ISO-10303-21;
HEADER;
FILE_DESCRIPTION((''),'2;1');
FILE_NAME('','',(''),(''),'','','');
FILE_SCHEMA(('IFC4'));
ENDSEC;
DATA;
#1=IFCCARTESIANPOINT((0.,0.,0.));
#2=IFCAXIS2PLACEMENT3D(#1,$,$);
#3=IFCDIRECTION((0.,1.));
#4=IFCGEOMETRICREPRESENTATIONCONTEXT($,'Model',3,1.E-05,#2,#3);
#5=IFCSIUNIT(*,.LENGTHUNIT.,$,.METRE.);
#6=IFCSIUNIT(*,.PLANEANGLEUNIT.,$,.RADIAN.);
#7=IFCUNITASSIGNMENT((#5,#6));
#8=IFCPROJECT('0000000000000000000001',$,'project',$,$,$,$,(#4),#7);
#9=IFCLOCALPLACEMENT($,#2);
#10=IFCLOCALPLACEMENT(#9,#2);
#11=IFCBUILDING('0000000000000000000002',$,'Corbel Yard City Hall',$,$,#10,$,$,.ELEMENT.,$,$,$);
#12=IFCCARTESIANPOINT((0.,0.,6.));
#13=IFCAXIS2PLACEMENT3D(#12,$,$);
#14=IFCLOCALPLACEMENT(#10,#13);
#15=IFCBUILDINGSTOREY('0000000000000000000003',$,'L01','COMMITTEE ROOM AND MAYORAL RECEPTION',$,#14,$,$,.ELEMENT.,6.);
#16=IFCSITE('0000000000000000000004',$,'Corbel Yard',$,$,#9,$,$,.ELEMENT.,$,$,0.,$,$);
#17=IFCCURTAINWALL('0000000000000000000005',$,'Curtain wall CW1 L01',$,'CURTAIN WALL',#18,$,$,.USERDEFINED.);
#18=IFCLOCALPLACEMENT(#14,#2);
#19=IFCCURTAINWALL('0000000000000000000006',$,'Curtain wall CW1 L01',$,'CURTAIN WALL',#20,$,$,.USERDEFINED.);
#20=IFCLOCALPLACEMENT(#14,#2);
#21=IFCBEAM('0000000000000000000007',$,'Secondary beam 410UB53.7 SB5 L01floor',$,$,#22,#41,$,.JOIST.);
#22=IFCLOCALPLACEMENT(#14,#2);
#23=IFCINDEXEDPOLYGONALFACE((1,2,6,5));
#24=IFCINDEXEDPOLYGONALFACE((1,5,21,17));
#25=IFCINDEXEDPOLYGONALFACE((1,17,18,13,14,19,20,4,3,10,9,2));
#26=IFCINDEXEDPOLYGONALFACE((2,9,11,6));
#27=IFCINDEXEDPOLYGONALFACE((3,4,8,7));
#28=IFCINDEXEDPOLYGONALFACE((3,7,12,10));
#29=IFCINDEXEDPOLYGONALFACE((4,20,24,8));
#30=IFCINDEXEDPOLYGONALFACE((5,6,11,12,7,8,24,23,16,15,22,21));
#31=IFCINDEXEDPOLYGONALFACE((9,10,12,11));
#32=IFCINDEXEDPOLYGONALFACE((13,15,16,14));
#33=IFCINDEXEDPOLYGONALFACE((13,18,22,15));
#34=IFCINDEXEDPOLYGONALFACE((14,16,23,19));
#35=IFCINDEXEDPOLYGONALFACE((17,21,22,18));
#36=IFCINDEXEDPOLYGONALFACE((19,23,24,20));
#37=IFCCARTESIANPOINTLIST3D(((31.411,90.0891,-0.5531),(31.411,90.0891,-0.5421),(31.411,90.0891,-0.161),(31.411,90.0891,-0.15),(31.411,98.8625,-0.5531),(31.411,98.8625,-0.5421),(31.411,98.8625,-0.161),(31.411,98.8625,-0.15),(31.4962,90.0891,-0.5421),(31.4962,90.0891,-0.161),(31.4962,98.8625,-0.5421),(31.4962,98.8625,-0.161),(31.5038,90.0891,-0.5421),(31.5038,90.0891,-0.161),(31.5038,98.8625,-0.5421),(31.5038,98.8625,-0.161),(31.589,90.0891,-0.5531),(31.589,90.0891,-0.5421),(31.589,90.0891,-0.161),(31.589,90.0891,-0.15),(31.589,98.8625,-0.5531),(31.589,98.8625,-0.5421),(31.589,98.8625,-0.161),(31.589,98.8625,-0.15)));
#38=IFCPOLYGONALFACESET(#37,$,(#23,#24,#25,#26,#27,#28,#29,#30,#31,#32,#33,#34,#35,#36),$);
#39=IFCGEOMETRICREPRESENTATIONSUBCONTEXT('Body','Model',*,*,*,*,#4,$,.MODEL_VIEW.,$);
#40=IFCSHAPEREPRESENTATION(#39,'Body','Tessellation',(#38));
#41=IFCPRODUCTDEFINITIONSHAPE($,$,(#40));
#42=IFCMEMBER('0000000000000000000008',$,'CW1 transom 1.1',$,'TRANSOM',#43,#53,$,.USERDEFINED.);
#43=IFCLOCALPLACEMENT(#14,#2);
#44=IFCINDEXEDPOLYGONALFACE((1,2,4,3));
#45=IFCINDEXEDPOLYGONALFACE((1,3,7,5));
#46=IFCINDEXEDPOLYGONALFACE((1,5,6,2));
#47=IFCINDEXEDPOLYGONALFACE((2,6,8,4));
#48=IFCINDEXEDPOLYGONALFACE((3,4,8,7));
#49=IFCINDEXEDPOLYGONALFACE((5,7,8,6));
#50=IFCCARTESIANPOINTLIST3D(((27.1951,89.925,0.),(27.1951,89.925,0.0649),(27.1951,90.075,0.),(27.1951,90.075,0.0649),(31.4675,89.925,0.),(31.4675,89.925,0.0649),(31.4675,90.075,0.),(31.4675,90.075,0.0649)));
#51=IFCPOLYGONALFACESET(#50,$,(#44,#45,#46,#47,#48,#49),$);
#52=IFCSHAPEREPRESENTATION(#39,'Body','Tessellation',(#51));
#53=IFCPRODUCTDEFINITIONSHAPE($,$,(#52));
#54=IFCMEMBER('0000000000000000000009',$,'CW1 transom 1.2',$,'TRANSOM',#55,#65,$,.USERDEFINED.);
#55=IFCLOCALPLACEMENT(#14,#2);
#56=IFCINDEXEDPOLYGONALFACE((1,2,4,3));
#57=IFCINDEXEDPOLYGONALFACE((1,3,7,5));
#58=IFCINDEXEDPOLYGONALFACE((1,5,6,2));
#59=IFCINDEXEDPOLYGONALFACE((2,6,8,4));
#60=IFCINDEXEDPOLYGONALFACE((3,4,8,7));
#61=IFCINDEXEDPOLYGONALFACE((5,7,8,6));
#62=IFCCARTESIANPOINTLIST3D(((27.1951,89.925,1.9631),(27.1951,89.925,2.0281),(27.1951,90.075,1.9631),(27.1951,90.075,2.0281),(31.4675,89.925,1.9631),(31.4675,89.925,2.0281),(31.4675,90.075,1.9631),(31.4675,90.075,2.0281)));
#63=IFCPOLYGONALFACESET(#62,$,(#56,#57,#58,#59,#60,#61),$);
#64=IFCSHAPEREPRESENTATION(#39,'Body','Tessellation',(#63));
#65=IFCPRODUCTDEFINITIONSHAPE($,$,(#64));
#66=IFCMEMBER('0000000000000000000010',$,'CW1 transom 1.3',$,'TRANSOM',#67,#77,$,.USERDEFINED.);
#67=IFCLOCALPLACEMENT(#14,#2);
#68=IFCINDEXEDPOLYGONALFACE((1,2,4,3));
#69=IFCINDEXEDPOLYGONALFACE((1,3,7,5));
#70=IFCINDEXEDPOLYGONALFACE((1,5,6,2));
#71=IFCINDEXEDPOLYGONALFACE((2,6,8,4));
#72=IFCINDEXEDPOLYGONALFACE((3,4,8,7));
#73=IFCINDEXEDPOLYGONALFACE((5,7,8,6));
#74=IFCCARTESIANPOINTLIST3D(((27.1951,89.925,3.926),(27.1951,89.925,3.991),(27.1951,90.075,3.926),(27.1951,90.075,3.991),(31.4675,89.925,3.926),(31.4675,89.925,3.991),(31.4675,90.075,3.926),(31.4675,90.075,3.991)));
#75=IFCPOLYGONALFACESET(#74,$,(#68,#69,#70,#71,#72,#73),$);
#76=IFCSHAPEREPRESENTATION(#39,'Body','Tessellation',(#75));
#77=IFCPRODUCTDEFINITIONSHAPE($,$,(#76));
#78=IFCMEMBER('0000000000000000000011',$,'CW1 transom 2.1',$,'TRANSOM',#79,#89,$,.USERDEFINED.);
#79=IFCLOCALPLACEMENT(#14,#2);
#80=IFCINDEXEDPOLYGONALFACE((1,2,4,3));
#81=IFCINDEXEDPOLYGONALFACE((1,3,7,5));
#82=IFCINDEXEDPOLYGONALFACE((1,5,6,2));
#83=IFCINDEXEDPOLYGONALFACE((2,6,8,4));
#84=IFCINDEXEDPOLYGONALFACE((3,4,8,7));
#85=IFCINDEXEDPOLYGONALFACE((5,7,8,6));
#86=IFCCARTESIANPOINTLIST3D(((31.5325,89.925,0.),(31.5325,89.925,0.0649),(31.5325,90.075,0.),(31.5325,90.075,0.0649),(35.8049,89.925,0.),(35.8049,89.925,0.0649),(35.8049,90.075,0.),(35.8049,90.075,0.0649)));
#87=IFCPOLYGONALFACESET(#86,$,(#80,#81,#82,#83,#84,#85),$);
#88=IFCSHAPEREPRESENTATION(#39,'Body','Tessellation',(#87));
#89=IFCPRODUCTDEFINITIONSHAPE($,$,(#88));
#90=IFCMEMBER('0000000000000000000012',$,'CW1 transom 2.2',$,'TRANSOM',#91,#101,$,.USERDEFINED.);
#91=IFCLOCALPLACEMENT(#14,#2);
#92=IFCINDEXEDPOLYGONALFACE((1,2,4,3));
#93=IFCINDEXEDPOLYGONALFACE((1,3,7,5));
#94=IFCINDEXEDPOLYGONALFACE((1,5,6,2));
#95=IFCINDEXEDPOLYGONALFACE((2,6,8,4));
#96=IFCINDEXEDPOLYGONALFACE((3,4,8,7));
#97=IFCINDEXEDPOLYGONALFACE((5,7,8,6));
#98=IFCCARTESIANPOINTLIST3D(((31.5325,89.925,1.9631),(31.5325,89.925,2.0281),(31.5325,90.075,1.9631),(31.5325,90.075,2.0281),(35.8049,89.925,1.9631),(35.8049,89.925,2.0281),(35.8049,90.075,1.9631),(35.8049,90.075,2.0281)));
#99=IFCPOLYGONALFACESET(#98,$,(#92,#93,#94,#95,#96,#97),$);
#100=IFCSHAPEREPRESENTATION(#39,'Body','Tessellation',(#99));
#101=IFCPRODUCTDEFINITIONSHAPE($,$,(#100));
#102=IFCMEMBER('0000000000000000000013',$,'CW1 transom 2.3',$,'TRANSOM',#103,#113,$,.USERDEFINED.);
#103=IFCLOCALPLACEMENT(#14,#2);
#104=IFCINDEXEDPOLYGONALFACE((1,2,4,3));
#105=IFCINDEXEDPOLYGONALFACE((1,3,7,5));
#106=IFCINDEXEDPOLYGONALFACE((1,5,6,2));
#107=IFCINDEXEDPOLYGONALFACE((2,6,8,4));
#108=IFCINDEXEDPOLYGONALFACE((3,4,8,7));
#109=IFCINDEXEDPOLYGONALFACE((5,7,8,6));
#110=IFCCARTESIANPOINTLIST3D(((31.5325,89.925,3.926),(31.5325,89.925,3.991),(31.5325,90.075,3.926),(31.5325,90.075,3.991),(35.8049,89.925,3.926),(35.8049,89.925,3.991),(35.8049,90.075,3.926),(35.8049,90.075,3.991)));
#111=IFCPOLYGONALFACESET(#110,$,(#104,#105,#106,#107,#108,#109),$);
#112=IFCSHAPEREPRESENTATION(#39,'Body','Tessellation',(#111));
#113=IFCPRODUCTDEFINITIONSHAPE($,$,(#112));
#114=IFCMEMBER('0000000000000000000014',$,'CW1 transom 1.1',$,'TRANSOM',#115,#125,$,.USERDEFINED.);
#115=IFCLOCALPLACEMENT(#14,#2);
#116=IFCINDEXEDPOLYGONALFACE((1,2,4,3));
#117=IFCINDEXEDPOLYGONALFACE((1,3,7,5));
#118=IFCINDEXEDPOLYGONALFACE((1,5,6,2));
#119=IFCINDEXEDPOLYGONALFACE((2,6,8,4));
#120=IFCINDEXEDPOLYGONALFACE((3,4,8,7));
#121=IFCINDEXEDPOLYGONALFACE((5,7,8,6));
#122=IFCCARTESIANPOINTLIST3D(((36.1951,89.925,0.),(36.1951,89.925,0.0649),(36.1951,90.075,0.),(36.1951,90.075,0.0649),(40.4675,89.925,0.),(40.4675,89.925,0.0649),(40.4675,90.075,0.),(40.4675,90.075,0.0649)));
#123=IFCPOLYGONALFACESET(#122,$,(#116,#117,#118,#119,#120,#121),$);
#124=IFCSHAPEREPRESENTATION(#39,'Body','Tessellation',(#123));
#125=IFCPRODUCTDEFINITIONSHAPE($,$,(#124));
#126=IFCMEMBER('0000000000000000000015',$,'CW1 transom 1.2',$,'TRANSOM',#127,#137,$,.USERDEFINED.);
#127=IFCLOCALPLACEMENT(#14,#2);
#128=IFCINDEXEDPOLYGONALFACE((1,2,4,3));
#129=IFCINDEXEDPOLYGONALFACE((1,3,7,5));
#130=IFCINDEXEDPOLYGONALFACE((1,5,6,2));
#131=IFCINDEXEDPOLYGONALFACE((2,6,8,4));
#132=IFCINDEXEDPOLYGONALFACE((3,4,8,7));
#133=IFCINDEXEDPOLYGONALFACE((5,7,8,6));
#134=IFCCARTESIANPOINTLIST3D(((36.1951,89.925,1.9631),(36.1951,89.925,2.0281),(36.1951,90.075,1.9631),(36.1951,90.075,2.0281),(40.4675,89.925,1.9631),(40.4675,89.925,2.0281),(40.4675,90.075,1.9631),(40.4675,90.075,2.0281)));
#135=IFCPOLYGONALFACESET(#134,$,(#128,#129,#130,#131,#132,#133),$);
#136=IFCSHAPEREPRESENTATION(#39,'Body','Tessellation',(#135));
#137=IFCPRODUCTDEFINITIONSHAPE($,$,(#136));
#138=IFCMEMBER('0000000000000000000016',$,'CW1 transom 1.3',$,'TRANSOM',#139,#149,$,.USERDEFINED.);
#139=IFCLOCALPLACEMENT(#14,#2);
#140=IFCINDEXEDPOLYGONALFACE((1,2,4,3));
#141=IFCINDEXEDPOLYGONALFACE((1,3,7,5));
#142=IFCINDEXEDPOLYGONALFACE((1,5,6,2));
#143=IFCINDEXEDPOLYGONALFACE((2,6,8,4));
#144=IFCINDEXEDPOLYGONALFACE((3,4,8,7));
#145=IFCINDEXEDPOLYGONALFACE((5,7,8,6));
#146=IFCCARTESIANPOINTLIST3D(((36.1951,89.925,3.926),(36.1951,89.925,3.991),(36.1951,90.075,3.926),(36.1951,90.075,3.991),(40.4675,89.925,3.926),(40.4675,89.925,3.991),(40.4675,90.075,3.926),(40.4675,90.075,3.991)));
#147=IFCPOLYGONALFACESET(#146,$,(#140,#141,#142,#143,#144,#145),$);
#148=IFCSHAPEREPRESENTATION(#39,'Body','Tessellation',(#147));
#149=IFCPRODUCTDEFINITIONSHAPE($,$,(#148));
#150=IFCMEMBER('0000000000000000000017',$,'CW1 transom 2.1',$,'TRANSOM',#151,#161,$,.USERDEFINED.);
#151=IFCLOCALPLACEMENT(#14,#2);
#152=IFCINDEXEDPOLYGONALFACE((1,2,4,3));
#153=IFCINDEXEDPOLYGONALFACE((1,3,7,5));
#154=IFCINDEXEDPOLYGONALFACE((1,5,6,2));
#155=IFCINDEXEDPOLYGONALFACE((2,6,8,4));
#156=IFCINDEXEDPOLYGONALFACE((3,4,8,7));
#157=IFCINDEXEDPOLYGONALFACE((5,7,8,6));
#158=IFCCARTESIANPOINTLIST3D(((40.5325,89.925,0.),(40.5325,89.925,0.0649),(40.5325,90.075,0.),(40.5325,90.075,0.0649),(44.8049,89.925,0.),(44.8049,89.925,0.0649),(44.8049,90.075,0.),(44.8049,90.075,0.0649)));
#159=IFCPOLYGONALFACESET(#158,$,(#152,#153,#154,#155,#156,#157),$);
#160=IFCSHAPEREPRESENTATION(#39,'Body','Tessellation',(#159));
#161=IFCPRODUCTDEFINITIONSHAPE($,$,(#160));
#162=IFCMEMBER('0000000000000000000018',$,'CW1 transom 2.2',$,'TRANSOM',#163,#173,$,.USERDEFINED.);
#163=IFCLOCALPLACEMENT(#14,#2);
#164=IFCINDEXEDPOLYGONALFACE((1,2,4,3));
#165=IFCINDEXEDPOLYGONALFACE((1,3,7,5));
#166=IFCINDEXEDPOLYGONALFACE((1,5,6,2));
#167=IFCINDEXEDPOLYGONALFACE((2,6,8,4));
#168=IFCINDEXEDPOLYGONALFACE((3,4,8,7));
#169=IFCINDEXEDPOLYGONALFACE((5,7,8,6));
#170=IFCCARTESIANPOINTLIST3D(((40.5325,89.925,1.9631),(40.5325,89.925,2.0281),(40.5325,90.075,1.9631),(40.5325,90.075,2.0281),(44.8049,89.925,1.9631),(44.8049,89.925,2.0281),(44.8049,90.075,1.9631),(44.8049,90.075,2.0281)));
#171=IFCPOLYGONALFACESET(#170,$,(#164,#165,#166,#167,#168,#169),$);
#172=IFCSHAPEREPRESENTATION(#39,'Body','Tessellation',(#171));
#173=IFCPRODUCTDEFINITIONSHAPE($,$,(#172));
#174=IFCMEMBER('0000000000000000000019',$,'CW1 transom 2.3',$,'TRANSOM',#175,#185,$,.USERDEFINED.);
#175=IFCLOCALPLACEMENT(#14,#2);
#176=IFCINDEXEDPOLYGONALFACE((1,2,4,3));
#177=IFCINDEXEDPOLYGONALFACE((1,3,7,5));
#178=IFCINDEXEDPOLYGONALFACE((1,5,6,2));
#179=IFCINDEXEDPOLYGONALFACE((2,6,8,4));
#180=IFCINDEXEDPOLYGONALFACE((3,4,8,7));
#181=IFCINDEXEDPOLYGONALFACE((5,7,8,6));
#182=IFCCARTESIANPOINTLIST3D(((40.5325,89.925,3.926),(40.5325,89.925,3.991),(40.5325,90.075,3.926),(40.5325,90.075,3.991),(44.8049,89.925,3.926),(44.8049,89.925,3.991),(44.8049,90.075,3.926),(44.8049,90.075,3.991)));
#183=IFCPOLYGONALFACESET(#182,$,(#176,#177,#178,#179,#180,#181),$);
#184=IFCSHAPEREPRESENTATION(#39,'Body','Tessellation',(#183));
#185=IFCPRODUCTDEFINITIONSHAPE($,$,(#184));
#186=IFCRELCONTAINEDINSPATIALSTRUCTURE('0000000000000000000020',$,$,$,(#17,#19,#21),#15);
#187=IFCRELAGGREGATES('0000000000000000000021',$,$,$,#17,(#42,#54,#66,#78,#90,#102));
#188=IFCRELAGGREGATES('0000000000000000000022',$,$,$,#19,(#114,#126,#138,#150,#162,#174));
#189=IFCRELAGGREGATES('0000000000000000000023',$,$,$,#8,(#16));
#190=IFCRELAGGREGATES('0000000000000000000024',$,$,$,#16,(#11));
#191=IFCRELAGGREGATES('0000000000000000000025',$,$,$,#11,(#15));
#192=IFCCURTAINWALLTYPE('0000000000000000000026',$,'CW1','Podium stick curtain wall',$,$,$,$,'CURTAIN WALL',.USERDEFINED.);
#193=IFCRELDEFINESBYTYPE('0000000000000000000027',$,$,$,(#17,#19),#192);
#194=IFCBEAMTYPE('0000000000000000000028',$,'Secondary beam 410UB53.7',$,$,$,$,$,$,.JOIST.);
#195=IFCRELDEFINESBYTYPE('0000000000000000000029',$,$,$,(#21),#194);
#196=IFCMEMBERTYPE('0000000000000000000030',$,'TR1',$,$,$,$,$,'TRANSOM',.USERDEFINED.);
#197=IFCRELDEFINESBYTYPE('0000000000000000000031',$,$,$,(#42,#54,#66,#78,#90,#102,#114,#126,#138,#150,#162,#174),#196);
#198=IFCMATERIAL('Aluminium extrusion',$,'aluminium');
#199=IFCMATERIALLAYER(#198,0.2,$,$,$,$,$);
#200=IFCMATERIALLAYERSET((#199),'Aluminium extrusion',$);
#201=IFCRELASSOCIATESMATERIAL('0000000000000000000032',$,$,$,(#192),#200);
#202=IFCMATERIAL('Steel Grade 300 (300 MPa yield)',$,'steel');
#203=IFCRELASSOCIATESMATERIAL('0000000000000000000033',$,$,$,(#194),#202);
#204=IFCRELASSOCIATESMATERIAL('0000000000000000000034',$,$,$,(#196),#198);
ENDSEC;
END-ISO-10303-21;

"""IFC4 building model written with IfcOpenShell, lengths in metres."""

from ifc_helpers import new_model, si_unit, direction, frame, origin, origin_2d, place, context, subcontext, project, spatial, rectangle, i_section, extrude, material, layer, layer_set, material_profile, profile_set, type_object, element, aggregate, save


model = new_model("IFC4")

# Units and contexts
model_context = context("Model", 3, precision=1e-05, world=origin(), true_north=direction((0.0, 1.0)))
body_context = subcontext(model_context, "Body", "Model", "MODEL_VIEW")
ifc_project = project(units=[si_unit("LENGTHUNIT", "METRE"), si_unit("PLANEANGLEUNIT", "RADIAN")], contexts=[model_context])

# Site, building, storey
site_placement = place(None, origin())
site = spatial("IfcSite", under=ifc_project, at=site_placement, Name="Corbel Yard", CompositionType="ELEMENT", RefElevation=0.0)
building_placement = place(site_placement, origin())
building = spatial("IfcBuilding", under=site, at=building_placement, Name="Corbel Yard City Hall", CompositionType="ELEMENT")
storey_placement = place(building_placement, frame((0.0, 0.0, 6.0)))
storey = spatial("IfcBuildingStorey", under=building, at=storey_placement, Name="L01", Description="COMMITTEE ROOM AND MAYORAL RECEPTION", CompositionType="ELEMENT", Elevation=6.0)

# Shared definitions
ifc_material_1 = material(Name="Steel Grade 300 (300 MPa yield)", Category="steel")

# Curtain walls
ifc_material_2 = material(Name="Aluminium extrusion", Category="aluminium")
ifc_layer_1 = layer(ifc_material_2, 0.2)
ifc_layer_set_1 = layer_set([ifc_layer_1], Name="Aluminium extrusion")
curtain_wall_type = type_object("IfcCurtainWallType", Name="CW1", Description="Podium stick curtain wall", ElementType="CURTAIN WALL", PredefinedType="USERDEFINED", material=ifc_layer_set_1)
curtain_wall_1_placement = place(storey_placement, origin())
curtain_wall_1 = element("IfcCurtainWall", 1, at=curtain_wall_1_placement, inside=storey, type_object=curtain_wall_type, Name="Curtain wall CW1 L01", ObjectType="CURTAIN WALL", PredefinedType="USERDEFINED")
curtain_wall_2_placement = place(storey_placement, origin())
curtain_wall_2 = element("IfcCurtainWall", 2, at=curtain_wall_2_placement, inside=storey, type_object=curtain_wall_type, Name="Curtain wall CW1 L01", ObjectType="CURTAIN WALL", PredefinedType="USERDEFINED")

# Beam
ifc_material_profile_1 = material_profile(ifc_material_1, i_section(OverallWidth=0.178, OverallDepth=0.4031, WebThickness=0.0076, FlangeThickness=0.011, at=origin_2d()), Name="410UB53.7")
ifc_profile_set_1 = profile_set([ifc_material_profile_1], Name="Steel Grade 300 (300 MPa yield)")
beam_type_1 = type_object("IfcBeamType", Name="Secondary beam 410UB53.7", PredefinedType="JOIST", material=ifc_profile_set_1)
for number, where, z_axis, x_axis, name in (
    (3, (31.5, 90.0891, -0.3516), (0.0, 1.0, 0.0), (-1.0, 0.0, 0.0), "Secondary beam 410UB53.7 SB5 L01floor"),
):
    element("IfcBeam", number, at=place(storey_placement, frame(where, z_axis=z_axis, x_axis=x_axis)), inside=storey, type_object=beam_type_1, Name=name, PredefinedType="JOIST", context=body_context, shape_type="SweptSolid", body=[
        extrude(i_section(OverallWidth=0.178, OverallDepth=0.4031, WebThickness=0.0076, FlangeThickness=0.011, at=origin_2d()), origin(), (0.0, 0.0, 1.0), 8.7734),
    ])

# Members
ifc_material_profile_2 = material_profile(ifc_material_2, rectangle(XDim=0.1499, YDim=0.0649, at=origin_2d()), Name="150x65")
ifc_profile_set_2 = profile_set([ifc_material_profile_2], Name="Aluminium extrusion")
member_type_1 = type_object("IfcMemberType", Name="TR1", ElementType="TRANSOM", PredefinedType="USERDEFINED", material=ifc_profile_set_2)
member_1_placement = place(storey_placement, frame((27.1951, 90.0, 0.0325), z_axis=(1.0, 0.0, 0.0), x_axis=(0.0, 1.0, 0.0)))
member_1 = element("IfcMember", 4, at=member_1_placement, type_object=member_type_1, Name="CW1 transom 1.1", ObjectType="TRANSOM", PredefinedType="USERDEFINED", context=body_context, shape_type="SweptSolid", body=[
    extrude(rectangle(XDim=0.1499, YDim=0.0649, at=origin_2d()), origin(), (0.0, 0.0, 1.0), 4.2725),
])
member_2_placement = place(storey_placement, frame((27.1951, 90.0, 1.9956), z_axis=(1.0, 0.0, 0.0), x_axis=(0.0, 1.0, 0.0)))
member_2 = element("IfcMember", 5, at=member_2_placement, type_object=member_type_1, Name="CW1 transom 1.2", ObjectType="TRANSOM", PredefinedType="USERDEFINED", context=body_context, shape_type="SweptSolid", body=[
    extrude(rectangle(XDim=0.1499, YDim=0.0649, at=origin_2d()), origin(), (0.0, 0.0, 1.0), 4.2725),
])
member_3_placement = place(storey_placement, frame((27.1951, 90.0, 3.9585), z_axis=(1.0, 0.0, 0.0), x_axis=(0.0, 1.0, 0.0)))
member_3 = element("IfcMember", 6, at=member_3_placement, type_object=member_type_1, Name="CW1 transom 1.3", ObjectType="TRANSOM", PredefinedType="USERDEFINED", context=body_context, shape_type="SweptSolid", body=[
    extrude(rectangle(XDim=0.1499, YDim=0.0649, at=origin_2d()), origin(), (0.0, 0.0, 1.0), 4.2725),
])
member_4_placement = place(storey_placement, frame((31.5325, 90.0, 0.0325), z_axis=(1.0, 0.0, 0.0), x_axis=(0.0, 1.0, 0.0)))
member_4 = element("IfcMember", 7, at=member_4_placement, type_object=member_type_1, Name="CW1 transom 2.1", ObjectType="TRANSOM", PredefinedType="USERDEFINED", context=body_context, shape_type="SweptSolid", body=[
    extrude(rectangle(XDim=0.1499, YDim=0.0649, at=origin_2d()), origin(), (0.0, 0.0, 1.0), 4.2725),
])
member_5_placement = place(storey_placement, frame((31.5325, 90.0, 1.9956), z_axis=(1.0, 0.0, 0.0), x_axis=(0.0, 1.0, 0.0)))
member_5 = element("IfcMember", 8, at=member_5_placement, type_object=member_type_1, Name="CW1 transom 2.2", ObjectType="TRANSOM", PredefinedType="USERDEFINED", context=body_context, shape_type="SweptSolid", body=[
    extrude(rectangle(XDim=0.1499, YDim=0.0649, at=origin_2d()), origin(), (0.0, 0.0, 1.0), 4.2725),
])
member_6_placement = place(storey_placement, frame((31.5325, 90.0, 3.9585), z_axis=(1.0, 0.0, 0.0), x_axis=(0.0, 1.0, 0.0)))
member_6 = element("IfcMember", 9, at=member_6_placement, type_object=member_type_1, Name="CW1 transom 2.3", ObjectType="TRANSOM", PredefinedType="USERDEFINED", context=body_context, shape_type="SweptSolid", body=[
    extrude(rectangle(XDim=0.1499, YDim=0.0649, at=origin_2d()), origin(), (0.0, 0.0, 1.0), 4.2725),
])
member_7_placement = place(storey_placement, frame((36.1951, 90.0, 0.0325), z_axis=(1.0, 0.0, 0.0), x_axis=(0.0, 1.0, 0.0)))
member_7 = element("IfcMember", 10, at=member_7_placement, type_object=member_type_1, Name="CW1 transom 1.1", ObjectType="TRANSOM", PredefinedType="USERDEFINED", context=body_context, shape_type="SweptSolid", body=[
    extrude(rectangle(XDim=0.1499, YDim=0.0649, at=origin_2d()), origin(), (0.0, 0.0, 1.0), 4.2725),
])
member_8_placement = place(storey_placement, frame((36.1951, 90.0, 1.9956), z_axis=(1.0, 0.0, 0.0), x_axis=(0.0, 1.0, 0.0)))
member_8 = element("IfcMember", 11, at=member_8_placement, type_object=member_type_1, Name="CW1 transom 1.2", ObjectType="TRANSOM", PredefinedType="USERDEFINED", context=body_context, shape_type="SweptSolid", body=[
    extrude(rectangle(XDim=0.1499, YDim=0.0649, at=origin_2d()), origin(), (0.0, 0.0, 1.0), 4.2725),
])
member_9_placement = place(storey_placement, frame((36.1951, 90.0, 3.9585), z_axis=(1.0, 0.0, 0.0), x_axis=(0.0, 1.0, 0.0)))
member_9 = element("IfcMember", 12, at=member_9_placement, type_object=member_type_1, Name="CW1 transom 1.3", ObjectType="TRANSOM", PredefinedType="USERDEFINED", context=body_context, shape_type="SweptSolid", body=[
    extrude(rectangle(XDim=0.1499, YDim=0.0649, at=origin_2d()), origin(), (0.0, 0.0, 1.0), 4.2725),
])
member_10_placement = place(storey_placement, frame((40.5325, 90.0, 0.0325), z_axis=(1.0, 0.0, 0.0), x_axis=(0.0, 1.0, 0.0)))
member_10 = element("IfcMember", 13, at=member_10_placement, type_object=member_type_1, Name="CW1 transom 2.1", ObjectType="TRANSOM", PredefinedType="USERDEFINED", context=body_context, shape_type="SweptSolid", body=[
    extrude(rectangle(XDim=0.1499, YDim=0.0649, at=origin_2d()), origin(), (0.0, 0.0, 1.0), 4.2725),
])
member_11_placement = place(storey_placement, frame((40.5325, 90.0, 1.9956), z_axis=(1.0, 0.0, 0.0), x_axis=(0.0, 1.0, 0.0)))
member_11 = element("IfcMember", 14, at=member_11_placement, type_object=member_type_1, Name="CW1 transom 2.2", ObjectType="TRANSOM", PredefinedType="USERDEFINED", context=body_context, shape_type="SweptSolid", body=[
    extrude(rectangle(XDim=0.1499, YDim=0.0649, at=origin_2d()), origin(), (0.0, 0.0, 1.0), 4.2725),
])
member_12_placement = place(storey_placement, frame((40.5325, 90.0, 3.9585), z_axis=(1.0, 0.0, 0.0), x_axis=(0.0, 1.0, 0.0)))
member_12 = element("IfcMember", 15, at=member_12_placement, type_object=member_type_1, Name="CW1 transom 2.3", ObjectType="TRANSOM", PredefinedType="USERDEFINED", context=body_context, shape_type="SweptSolid", body=[
    extrude(rectangle(XDim=0.1499, YDim=0.0649, at=origin_2d()), origin(), (0.0, 0.0, 1.0), 4.2725),
])

aggregate(curtain_wall_1, [member_1, member_2, member_3, member_4, member_5, member_6])
aggregate(curtain_wall_2, [member_7, member_8, member_9, member_10, member_11, member_12])

save(model, "model.ifc")
